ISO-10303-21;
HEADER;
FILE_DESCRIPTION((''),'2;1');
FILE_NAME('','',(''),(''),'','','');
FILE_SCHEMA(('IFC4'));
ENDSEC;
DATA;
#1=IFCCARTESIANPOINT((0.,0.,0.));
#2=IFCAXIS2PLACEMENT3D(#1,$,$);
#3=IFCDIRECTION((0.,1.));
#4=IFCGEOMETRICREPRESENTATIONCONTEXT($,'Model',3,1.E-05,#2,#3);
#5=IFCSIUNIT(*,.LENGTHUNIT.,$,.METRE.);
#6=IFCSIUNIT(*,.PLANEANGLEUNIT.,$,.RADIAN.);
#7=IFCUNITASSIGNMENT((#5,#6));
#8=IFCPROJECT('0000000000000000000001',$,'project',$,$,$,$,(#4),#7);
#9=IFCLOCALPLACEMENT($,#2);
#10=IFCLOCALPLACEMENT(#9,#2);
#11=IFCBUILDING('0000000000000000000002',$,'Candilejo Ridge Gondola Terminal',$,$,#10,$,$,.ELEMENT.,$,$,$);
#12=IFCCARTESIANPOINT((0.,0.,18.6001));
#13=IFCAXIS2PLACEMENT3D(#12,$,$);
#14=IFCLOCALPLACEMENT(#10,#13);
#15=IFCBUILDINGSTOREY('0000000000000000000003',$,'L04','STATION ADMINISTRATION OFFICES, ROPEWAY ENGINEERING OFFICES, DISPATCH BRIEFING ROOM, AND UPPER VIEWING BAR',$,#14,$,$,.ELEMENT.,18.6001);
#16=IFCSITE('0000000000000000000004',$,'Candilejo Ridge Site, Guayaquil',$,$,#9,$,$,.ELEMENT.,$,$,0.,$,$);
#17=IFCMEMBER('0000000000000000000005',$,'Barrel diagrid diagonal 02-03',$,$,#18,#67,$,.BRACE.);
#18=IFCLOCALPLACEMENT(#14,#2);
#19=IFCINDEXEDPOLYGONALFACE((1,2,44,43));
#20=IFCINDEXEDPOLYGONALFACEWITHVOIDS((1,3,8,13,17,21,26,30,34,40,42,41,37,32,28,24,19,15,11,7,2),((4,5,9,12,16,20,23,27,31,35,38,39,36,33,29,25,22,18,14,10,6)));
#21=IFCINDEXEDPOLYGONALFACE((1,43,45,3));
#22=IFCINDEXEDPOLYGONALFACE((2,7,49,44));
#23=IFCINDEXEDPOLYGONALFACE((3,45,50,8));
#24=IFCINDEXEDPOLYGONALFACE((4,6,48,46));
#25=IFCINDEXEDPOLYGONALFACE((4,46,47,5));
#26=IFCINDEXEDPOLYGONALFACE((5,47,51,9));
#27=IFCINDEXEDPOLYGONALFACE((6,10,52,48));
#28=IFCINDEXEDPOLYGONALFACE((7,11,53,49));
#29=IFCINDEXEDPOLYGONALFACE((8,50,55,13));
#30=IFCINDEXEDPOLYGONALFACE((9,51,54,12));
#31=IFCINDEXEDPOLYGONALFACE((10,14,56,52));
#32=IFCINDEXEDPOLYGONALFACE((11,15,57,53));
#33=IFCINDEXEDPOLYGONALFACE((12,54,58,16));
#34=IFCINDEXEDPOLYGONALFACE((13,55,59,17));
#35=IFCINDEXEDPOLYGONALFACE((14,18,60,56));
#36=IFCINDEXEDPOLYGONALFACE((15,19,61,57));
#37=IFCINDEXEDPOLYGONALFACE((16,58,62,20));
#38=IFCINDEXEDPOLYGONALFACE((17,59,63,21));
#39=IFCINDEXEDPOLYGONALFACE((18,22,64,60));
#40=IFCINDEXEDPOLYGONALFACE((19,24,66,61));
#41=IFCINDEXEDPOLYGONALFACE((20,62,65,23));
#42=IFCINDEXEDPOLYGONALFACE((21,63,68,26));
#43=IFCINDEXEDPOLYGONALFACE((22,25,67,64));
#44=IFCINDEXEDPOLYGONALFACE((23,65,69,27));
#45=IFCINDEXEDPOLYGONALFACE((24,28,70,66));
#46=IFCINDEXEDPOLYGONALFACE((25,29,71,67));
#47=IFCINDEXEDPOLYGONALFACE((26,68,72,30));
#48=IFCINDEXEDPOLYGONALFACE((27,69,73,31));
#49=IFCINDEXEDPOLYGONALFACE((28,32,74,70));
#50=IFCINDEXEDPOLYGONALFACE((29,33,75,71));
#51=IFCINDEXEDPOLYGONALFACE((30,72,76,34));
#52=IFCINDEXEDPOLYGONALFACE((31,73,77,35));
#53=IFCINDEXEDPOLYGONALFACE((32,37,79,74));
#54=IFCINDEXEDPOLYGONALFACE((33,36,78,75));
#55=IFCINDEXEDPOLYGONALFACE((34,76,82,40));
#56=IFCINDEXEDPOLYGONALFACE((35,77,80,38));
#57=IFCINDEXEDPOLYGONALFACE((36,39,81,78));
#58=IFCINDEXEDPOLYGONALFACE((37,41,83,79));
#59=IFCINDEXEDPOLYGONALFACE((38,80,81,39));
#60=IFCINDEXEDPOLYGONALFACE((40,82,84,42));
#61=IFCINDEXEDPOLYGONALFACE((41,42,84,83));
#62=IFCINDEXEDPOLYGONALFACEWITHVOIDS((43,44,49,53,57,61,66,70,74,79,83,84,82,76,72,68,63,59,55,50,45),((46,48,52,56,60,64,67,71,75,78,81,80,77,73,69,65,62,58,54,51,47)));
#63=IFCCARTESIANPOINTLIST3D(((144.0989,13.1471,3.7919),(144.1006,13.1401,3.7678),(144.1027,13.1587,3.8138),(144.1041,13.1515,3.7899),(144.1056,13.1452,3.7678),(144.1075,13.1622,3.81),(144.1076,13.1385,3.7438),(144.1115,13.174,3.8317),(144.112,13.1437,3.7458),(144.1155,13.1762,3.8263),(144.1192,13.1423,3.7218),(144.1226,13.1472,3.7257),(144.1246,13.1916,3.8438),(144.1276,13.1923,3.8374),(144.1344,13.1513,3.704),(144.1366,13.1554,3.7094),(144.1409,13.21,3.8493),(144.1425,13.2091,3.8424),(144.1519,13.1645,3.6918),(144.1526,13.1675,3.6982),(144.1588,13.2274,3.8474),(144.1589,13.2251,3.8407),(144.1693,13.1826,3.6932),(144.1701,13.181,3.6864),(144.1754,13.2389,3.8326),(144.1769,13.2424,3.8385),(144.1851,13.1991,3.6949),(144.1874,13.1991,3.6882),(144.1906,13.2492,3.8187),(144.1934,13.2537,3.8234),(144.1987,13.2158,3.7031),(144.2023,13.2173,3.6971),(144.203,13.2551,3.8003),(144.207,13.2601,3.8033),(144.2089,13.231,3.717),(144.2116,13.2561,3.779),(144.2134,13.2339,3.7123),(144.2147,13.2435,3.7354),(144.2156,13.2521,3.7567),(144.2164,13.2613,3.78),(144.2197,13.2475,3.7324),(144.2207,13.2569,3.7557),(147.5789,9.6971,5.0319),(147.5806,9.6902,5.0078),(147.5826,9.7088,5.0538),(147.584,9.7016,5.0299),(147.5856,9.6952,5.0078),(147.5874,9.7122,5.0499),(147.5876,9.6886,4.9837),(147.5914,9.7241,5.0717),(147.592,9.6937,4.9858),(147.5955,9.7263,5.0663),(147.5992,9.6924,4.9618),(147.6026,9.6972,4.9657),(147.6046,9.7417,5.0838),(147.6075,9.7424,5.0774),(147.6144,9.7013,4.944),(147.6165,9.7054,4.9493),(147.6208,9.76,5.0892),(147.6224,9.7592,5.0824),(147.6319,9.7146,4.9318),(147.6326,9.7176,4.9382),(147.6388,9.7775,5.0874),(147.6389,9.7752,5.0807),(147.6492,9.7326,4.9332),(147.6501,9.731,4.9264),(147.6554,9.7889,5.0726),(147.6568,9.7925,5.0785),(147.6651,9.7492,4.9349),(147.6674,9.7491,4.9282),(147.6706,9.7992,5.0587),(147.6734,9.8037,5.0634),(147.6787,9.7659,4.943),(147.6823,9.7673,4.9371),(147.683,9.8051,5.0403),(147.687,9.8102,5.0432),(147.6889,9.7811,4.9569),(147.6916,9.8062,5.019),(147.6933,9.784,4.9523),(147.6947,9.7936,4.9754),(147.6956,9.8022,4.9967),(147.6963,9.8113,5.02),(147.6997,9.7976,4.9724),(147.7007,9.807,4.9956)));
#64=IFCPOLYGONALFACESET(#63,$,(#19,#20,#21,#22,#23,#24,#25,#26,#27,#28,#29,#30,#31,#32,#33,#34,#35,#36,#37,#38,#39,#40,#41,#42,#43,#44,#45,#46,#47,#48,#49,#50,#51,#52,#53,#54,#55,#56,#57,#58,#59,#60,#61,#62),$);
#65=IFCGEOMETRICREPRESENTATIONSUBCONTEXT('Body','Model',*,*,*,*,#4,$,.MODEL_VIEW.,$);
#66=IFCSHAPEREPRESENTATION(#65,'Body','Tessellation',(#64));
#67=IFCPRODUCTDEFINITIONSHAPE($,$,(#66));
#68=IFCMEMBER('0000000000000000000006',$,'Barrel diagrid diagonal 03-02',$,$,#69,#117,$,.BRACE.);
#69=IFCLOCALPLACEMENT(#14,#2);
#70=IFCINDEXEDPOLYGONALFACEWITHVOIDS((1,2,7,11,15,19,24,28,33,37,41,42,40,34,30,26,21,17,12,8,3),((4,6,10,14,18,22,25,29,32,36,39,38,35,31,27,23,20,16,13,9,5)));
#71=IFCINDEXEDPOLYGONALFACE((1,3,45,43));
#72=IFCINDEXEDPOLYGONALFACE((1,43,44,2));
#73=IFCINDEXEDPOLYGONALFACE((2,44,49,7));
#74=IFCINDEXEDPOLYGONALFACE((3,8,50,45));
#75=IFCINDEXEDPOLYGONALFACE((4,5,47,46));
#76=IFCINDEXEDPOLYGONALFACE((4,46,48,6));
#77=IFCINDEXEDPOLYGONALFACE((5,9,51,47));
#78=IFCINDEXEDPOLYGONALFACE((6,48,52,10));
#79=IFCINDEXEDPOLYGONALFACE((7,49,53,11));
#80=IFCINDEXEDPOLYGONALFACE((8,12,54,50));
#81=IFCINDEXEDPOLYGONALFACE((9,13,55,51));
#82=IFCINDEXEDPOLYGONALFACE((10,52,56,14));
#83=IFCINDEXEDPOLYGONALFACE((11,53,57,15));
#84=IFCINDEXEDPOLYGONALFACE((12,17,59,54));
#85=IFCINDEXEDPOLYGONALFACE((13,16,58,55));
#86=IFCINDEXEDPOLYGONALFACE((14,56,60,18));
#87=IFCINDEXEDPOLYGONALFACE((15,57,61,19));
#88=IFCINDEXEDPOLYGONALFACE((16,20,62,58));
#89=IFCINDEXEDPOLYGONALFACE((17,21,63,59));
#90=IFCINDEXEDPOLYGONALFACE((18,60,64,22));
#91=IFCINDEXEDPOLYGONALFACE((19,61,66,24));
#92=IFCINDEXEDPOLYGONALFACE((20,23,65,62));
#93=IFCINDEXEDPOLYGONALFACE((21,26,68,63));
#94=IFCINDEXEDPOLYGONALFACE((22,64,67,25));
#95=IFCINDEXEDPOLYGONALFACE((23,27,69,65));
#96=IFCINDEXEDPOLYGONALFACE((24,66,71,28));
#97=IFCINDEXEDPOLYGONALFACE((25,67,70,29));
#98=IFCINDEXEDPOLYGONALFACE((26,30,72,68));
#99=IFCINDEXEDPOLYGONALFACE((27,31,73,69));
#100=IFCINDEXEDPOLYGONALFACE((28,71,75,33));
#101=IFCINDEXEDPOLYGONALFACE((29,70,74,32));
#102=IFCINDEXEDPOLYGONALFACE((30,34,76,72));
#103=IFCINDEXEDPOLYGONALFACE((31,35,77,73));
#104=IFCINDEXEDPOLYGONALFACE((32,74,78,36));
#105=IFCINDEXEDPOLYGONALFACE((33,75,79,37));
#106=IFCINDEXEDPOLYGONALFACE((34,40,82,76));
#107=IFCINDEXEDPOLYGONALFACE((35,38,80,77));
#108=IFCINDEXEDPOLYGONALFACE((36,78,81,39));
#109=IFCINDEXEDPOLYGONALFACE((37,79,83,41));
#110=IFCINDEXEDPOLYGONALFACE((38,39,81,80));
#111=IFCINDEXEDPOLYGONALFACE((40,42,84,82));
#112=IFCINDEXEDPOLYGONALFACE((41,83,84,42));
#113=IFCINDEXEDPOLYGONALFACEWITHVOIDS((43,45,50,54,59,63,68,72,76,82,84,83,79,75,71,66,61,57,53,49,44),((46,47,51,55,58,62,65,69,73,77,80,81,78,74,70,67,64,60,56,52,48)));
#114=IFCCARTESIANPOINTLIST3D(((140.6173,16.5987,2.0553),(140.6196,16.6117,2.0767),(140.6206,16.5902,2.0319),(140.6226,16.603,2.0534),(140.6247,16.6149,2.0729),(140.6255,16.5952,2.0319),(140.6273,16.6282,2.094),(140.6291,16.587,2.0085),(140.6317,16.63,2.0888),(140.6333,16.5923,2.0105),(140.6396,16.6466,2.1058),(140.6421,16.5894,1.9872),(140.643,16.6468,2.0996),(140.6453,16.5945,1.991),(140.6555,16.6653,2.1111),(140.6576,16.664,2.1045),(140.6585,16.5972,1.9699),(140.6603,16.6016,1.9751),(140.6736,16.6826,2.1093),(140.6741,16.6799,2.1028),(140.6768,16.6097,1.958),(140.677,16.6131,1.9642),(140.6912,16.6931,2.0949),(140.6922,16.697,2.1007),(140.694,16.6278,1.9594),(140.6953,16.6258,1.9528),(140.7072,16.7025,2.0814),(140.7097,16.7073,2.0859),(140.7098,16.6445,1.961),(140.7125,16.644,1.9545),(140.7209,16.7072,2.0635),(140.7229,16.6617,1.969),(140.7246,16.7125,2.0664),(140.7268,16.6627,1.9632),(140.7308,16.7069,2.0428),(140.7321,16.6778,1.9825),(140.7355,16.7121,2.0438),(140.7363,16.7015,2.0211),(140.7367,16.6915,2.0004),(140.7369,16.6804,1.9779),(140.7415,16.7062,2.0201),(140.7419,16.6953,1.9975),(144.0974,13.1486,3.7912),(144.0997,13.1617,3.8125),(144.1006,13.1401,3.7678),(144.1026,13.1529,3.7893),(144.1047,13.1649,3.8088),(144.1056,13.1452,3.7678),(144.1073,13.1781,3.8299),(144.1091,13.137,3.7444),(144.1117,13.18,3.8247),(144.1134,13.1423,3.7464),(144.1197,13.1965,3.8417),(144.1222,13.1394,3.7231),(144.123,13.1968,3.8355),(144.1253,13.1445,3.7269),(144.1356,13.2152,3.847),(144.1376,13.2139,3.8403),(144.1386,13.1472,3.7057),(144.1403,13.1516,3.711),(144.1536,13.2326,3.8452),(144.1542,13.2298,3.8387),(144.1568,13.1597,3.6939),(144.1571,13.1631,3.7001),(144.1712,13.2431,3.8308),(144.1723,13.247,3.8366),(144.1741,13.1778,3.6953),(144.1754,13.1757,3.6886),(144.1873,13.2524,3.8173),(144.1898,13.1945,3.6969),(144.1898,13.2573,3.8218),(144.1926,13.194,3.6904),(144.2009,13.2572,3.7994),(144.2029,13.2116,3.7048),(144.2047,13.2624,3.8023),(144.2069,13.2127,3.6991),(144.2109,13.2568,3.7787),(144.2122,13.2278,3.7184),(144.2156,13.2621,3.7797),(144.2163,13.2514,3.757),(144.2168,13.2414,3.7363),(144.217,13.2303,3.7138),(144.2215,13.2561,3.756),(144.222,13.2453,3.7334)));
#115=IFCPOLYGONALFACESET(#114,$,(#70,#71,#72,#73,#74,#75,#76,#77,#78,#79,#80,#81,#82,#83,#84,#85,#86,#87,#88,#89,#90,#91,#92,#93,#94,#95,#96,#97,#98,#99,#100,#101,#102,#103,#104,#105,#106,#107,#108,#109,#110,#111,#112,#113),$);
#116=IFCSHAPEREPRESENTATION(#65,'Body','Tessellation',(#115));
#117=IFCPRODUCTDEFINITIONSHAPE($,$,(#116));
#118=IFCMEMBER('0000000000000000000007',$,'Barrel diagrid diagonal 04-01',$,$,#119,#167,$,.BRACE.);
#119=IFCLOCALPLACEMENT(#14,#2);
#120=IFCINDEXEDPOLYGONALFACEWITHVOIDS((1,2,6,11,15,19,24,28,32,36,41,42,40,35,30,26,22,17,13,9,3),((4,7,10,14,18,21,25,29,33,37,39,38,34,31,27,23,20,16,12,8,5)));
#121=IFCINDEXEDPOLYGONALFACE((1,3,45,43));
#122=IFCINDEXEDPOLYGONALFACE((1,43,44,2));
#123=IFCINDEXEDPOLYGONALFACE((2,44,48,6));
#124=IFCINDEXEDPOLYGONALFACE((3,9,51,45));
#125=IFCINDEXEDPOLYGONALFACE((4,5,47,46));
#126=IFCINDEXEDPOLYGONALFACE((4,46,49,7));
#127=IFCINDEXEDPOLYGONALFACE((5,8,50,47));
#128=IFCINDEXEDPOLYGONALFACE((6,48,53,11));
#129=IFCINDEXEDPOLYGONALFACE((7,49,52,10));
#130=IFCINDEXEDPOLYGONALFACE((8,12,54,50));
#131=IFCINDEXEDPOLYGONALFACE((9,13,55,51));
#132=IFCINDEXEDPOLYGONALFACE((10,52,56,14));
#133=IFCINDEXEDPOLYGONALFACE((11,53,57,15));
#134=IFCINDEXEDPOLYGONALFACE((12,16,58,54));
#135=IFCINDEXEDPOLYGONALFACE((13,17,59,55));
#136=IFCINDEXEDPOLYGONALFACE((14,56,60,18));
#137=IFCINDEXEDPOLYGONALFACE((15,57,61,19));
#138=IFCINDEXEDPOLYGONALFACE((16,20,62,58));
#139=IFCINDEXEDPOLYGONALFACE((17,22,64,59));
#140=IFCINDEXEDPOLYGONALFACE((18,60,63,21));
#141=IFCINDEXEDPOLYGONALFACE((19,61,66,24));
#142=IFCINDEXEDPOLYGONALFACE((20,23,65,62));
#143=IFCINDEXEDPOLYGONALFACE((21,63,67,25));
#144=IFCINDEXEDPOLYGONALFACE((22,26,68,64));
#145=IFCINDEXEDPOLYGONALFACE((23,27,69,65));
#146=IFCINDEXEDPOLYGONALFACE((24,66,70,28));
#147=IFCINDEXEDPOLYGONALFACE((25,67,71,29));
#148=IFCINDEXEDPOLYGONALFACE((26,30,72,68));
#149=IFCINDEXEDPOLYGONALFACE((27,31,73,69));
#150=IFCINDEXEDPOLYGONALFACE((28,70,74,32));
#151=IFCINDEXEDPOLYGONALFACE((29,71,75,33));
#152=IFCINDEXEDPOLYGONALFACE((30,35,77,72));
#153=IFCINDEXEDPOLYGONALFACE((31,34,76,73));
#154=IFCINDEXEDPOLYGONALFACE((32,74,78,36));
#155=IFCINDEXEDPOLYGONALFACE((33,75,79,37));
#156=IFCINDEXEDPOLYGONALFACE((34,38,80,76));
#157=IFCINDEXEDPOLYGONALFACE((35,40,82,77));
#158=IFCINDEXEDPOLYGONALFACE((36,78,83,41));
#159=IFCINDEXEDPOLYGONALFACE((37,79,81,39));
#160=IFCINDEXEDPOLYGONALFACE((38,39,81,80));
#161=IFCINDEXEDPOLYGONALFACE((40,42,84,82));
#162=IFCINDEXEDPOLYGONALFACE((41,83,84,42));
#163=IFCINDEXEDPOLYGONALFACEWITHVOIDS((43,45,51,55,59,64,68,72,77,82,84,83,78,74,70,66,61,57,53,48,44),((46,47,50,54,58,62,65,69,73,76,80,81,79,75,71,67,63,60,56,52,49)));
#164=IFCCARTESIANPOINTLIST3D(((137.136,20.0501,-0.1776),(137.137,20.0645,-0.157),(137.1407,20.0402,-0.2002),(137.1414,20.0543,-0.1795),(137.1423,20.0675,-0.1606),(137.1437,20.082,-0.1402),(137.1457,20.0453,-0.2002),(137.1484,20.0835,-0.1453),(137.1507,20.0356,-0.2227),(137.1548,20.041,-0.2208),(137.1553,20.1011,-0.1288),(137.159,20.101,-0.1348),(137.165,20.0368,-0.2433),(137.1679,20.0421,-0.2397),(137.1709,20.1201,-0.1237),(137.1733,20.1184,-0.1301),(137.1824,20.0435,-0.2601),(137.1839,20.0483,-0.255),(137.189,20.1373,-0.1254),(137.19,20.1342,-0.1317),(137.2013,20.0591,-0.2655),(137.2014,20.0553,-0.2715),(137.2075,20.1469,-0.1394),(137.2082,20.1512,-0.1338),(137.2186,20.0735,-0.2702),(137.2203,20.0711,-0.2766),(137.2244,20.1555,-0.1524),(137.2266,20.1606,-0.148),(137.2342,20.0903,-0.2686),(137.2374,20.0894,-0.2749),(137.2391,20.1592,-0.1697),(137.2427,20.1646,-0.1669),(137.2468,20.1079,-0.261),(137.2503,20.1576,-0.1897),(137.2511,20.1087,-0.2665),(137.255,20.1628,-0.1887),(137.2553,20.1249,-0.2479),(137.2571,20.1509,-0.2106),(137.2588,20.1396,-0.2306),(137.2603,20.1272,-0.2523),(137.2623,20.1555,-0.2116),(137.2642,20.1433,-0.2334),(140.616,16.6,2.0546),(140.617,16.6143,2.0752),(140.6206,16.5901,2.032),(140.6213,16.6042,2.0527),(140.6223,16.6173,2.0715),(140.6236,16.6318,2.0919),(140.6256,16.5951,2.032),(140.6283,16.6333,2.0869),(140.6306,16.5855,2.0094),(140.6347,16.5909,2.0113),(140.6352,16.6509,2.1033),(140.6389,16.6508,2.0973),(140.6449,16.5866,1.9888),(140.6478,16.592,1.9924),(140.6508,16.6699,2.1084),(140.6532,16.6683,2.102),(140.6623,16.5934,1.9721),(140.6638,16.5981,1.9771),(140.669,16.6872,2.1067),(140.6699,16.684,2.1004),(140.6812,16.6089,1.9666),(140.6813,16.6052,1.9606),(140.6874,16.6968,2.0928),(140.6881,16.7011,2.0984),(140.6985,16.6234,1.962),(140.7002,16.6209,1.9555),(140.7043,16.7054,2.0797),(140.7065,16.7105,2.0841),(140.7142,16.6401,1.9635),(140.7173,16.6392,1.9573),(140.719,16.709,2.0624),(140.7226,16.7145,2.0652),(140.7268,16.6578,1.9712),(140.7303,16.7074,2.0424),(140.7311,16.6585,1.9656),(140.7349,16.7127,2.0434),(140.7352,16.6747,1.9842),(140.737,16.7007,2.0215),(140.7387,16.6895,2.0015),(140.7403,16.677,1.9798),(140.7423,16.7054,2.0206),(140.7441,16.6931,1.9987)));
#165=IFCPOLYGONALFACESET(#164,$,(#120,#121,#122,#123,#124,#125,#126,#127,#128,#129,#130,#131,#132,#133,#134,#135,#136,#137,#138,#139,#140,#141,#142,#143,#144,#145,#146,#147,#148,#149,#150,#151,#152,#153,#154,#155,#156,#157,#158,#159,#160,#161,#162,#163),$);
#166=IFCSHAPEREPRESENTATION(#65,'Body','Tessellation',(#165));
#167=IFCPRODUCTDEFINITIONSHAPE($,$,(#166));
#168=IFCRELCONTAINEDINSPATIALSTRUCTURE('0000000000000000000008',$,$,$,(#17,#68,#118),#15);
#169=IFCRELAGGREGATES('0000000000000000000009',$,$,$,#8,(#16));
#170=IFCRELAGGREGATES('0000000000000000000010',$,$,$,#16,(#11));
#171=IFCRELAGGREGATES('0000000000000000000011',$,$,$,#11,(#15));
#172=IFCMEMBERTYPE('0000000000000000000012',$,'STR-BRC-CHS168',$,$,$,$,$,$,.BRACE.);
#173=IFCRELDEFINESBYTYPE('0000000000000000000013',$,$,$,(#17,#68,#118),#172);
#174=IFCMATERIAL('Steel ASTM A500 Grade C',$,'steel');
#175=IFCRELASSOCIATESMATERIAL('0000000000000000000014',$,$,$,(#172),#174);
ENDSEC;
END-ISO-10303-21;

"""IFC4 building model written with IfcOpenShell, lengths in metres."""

from ifc_helpers import new_model, si_unit, direction, frame, origin, origin_2d, place, context, subcontext, project, spatial, hollow_circle, extrude, material, material_profile, profile_set, type_object, element, save


model = new_model("IFC4")

# Units and contexts
model_context = context("Model", 3, precision=1e-05, world=origin(), true_north=direction((0.0, 1.0)))
body_context = subcontext(model_context, "Body", "Model", "MODEL_VIEW")
ifc_project = project(units=[si_unit("LENGTHUNIT", "METRE"), si_unit("PLANEANGLEUNIT", "RADIAN")], contexts=[model_context])

# Site, building, storey
site_placement = place(None, origin())
site = spatial("IfcSite", under=ifc_project, at=site_placement, Name="Candilejo Ridge Site, Guayaquil", CompositionType="ELEMENT", RefElevation=0.0)
building_placement = place(site_placement, origin())
building = spatial("IfcBuilding", under=site, at=building_placement, Name="Candilejo Ridge Gondola Terminal", CompositionType="ELEMENT")
storey_placement = place(building_placement, frame((0.0, 0.0, 18.6001)))
storey = spatial("IfcBuildingStorey", under=building, at=storey_placement, Name="L04", Description="STATION ADMINISTRATION OFFICES, ROPEWAY ENGINEERING OFFICES, DISPATCH BRIEFING ROOM, AND UPPER VIEWING BAR", CompositionType="ELEMENT", Elevation=18.6001)

# Members
ifc_material_1 = material(Name="Steel ASTM A500 Grade C", Category="steel")
ifc_material_profile_1 = material_profile(ifc_material_1, hollow_circle(Radius=0.0842, WallThickness=0.0071, at=origin_2d()))
ifc_profile_set_1 = profile_set([ifc_material_profile_1], Name="Steel ASTM A500 Grade C")
member_type_1 = type_object("IfcMemberType", Name="STR-BRC-CHS168", PredefinedType="BRACE", material=ifc_profile_set_1)
member_1_placement = place(storey_placement, frame((147.6399, 9.75, 5.0078), z_axis=(-0.688464, 0.682523, -0.245314), x_axis=(-0.704036, -0.710164, 0.0)))
element("IfcMember", 1, at=member_1_placement, inside=storey, type_object=member_type_1, Name="Barrel diagrid diagonal 02-03", PredefinedType="BRACE", context=body_context, shape_type="SweptSolid", body=[
    extrude(hollow_circle(Radius=0.0842, WallThickness=0.0071, at=origin_2d()), origin(), (0.0, 0.0, 1.0), 5.0547),
])
member_2_placement = place(storey_placement, frame((144.1599, 13.2, 3.7678), z_axis=(-0.669406, 0.663629, -0.333904), x_axis=(-0.704036, -0.710164, 0.0)))
element("IfcMember", 2, at=member_2_placement, inside=storey, type_object=member_type_1, Name="Barrel diagrid diagonal 03-02", PredefinedType="BRACE", context=body_context, shape_type="SweptSolid", body=[
    extrude(hollow_circle(Radius=0.0842, WallThickness=0.0071, at=origin_2d()), origin(), (0.0, 0.0, 1.0), 5.1987),
])
member_3_placement = place(storey_placement, frame((140.6799, 16.6499, 2.032), z_axis=(-0.646253, 0.640721, -0.414528), x_axis=(-0.704061, -0.710139, 0.0)))
element("IfcMember", 3, at=member_3_placement, inside=storey, type_object=member_type_1, Name="Barrel diagrid diagonal 04-01", PredefinedType="BRACE", context=body_context, shape_type="SweptSolid", body=[
    extrude(hollow_circle(Radius=0.0842, WallThickness=0.0071, at=origin_2d()), origin(), (0.0, 0.0, 1.0), 5.3848),
])

save(model, "model.ifc")
